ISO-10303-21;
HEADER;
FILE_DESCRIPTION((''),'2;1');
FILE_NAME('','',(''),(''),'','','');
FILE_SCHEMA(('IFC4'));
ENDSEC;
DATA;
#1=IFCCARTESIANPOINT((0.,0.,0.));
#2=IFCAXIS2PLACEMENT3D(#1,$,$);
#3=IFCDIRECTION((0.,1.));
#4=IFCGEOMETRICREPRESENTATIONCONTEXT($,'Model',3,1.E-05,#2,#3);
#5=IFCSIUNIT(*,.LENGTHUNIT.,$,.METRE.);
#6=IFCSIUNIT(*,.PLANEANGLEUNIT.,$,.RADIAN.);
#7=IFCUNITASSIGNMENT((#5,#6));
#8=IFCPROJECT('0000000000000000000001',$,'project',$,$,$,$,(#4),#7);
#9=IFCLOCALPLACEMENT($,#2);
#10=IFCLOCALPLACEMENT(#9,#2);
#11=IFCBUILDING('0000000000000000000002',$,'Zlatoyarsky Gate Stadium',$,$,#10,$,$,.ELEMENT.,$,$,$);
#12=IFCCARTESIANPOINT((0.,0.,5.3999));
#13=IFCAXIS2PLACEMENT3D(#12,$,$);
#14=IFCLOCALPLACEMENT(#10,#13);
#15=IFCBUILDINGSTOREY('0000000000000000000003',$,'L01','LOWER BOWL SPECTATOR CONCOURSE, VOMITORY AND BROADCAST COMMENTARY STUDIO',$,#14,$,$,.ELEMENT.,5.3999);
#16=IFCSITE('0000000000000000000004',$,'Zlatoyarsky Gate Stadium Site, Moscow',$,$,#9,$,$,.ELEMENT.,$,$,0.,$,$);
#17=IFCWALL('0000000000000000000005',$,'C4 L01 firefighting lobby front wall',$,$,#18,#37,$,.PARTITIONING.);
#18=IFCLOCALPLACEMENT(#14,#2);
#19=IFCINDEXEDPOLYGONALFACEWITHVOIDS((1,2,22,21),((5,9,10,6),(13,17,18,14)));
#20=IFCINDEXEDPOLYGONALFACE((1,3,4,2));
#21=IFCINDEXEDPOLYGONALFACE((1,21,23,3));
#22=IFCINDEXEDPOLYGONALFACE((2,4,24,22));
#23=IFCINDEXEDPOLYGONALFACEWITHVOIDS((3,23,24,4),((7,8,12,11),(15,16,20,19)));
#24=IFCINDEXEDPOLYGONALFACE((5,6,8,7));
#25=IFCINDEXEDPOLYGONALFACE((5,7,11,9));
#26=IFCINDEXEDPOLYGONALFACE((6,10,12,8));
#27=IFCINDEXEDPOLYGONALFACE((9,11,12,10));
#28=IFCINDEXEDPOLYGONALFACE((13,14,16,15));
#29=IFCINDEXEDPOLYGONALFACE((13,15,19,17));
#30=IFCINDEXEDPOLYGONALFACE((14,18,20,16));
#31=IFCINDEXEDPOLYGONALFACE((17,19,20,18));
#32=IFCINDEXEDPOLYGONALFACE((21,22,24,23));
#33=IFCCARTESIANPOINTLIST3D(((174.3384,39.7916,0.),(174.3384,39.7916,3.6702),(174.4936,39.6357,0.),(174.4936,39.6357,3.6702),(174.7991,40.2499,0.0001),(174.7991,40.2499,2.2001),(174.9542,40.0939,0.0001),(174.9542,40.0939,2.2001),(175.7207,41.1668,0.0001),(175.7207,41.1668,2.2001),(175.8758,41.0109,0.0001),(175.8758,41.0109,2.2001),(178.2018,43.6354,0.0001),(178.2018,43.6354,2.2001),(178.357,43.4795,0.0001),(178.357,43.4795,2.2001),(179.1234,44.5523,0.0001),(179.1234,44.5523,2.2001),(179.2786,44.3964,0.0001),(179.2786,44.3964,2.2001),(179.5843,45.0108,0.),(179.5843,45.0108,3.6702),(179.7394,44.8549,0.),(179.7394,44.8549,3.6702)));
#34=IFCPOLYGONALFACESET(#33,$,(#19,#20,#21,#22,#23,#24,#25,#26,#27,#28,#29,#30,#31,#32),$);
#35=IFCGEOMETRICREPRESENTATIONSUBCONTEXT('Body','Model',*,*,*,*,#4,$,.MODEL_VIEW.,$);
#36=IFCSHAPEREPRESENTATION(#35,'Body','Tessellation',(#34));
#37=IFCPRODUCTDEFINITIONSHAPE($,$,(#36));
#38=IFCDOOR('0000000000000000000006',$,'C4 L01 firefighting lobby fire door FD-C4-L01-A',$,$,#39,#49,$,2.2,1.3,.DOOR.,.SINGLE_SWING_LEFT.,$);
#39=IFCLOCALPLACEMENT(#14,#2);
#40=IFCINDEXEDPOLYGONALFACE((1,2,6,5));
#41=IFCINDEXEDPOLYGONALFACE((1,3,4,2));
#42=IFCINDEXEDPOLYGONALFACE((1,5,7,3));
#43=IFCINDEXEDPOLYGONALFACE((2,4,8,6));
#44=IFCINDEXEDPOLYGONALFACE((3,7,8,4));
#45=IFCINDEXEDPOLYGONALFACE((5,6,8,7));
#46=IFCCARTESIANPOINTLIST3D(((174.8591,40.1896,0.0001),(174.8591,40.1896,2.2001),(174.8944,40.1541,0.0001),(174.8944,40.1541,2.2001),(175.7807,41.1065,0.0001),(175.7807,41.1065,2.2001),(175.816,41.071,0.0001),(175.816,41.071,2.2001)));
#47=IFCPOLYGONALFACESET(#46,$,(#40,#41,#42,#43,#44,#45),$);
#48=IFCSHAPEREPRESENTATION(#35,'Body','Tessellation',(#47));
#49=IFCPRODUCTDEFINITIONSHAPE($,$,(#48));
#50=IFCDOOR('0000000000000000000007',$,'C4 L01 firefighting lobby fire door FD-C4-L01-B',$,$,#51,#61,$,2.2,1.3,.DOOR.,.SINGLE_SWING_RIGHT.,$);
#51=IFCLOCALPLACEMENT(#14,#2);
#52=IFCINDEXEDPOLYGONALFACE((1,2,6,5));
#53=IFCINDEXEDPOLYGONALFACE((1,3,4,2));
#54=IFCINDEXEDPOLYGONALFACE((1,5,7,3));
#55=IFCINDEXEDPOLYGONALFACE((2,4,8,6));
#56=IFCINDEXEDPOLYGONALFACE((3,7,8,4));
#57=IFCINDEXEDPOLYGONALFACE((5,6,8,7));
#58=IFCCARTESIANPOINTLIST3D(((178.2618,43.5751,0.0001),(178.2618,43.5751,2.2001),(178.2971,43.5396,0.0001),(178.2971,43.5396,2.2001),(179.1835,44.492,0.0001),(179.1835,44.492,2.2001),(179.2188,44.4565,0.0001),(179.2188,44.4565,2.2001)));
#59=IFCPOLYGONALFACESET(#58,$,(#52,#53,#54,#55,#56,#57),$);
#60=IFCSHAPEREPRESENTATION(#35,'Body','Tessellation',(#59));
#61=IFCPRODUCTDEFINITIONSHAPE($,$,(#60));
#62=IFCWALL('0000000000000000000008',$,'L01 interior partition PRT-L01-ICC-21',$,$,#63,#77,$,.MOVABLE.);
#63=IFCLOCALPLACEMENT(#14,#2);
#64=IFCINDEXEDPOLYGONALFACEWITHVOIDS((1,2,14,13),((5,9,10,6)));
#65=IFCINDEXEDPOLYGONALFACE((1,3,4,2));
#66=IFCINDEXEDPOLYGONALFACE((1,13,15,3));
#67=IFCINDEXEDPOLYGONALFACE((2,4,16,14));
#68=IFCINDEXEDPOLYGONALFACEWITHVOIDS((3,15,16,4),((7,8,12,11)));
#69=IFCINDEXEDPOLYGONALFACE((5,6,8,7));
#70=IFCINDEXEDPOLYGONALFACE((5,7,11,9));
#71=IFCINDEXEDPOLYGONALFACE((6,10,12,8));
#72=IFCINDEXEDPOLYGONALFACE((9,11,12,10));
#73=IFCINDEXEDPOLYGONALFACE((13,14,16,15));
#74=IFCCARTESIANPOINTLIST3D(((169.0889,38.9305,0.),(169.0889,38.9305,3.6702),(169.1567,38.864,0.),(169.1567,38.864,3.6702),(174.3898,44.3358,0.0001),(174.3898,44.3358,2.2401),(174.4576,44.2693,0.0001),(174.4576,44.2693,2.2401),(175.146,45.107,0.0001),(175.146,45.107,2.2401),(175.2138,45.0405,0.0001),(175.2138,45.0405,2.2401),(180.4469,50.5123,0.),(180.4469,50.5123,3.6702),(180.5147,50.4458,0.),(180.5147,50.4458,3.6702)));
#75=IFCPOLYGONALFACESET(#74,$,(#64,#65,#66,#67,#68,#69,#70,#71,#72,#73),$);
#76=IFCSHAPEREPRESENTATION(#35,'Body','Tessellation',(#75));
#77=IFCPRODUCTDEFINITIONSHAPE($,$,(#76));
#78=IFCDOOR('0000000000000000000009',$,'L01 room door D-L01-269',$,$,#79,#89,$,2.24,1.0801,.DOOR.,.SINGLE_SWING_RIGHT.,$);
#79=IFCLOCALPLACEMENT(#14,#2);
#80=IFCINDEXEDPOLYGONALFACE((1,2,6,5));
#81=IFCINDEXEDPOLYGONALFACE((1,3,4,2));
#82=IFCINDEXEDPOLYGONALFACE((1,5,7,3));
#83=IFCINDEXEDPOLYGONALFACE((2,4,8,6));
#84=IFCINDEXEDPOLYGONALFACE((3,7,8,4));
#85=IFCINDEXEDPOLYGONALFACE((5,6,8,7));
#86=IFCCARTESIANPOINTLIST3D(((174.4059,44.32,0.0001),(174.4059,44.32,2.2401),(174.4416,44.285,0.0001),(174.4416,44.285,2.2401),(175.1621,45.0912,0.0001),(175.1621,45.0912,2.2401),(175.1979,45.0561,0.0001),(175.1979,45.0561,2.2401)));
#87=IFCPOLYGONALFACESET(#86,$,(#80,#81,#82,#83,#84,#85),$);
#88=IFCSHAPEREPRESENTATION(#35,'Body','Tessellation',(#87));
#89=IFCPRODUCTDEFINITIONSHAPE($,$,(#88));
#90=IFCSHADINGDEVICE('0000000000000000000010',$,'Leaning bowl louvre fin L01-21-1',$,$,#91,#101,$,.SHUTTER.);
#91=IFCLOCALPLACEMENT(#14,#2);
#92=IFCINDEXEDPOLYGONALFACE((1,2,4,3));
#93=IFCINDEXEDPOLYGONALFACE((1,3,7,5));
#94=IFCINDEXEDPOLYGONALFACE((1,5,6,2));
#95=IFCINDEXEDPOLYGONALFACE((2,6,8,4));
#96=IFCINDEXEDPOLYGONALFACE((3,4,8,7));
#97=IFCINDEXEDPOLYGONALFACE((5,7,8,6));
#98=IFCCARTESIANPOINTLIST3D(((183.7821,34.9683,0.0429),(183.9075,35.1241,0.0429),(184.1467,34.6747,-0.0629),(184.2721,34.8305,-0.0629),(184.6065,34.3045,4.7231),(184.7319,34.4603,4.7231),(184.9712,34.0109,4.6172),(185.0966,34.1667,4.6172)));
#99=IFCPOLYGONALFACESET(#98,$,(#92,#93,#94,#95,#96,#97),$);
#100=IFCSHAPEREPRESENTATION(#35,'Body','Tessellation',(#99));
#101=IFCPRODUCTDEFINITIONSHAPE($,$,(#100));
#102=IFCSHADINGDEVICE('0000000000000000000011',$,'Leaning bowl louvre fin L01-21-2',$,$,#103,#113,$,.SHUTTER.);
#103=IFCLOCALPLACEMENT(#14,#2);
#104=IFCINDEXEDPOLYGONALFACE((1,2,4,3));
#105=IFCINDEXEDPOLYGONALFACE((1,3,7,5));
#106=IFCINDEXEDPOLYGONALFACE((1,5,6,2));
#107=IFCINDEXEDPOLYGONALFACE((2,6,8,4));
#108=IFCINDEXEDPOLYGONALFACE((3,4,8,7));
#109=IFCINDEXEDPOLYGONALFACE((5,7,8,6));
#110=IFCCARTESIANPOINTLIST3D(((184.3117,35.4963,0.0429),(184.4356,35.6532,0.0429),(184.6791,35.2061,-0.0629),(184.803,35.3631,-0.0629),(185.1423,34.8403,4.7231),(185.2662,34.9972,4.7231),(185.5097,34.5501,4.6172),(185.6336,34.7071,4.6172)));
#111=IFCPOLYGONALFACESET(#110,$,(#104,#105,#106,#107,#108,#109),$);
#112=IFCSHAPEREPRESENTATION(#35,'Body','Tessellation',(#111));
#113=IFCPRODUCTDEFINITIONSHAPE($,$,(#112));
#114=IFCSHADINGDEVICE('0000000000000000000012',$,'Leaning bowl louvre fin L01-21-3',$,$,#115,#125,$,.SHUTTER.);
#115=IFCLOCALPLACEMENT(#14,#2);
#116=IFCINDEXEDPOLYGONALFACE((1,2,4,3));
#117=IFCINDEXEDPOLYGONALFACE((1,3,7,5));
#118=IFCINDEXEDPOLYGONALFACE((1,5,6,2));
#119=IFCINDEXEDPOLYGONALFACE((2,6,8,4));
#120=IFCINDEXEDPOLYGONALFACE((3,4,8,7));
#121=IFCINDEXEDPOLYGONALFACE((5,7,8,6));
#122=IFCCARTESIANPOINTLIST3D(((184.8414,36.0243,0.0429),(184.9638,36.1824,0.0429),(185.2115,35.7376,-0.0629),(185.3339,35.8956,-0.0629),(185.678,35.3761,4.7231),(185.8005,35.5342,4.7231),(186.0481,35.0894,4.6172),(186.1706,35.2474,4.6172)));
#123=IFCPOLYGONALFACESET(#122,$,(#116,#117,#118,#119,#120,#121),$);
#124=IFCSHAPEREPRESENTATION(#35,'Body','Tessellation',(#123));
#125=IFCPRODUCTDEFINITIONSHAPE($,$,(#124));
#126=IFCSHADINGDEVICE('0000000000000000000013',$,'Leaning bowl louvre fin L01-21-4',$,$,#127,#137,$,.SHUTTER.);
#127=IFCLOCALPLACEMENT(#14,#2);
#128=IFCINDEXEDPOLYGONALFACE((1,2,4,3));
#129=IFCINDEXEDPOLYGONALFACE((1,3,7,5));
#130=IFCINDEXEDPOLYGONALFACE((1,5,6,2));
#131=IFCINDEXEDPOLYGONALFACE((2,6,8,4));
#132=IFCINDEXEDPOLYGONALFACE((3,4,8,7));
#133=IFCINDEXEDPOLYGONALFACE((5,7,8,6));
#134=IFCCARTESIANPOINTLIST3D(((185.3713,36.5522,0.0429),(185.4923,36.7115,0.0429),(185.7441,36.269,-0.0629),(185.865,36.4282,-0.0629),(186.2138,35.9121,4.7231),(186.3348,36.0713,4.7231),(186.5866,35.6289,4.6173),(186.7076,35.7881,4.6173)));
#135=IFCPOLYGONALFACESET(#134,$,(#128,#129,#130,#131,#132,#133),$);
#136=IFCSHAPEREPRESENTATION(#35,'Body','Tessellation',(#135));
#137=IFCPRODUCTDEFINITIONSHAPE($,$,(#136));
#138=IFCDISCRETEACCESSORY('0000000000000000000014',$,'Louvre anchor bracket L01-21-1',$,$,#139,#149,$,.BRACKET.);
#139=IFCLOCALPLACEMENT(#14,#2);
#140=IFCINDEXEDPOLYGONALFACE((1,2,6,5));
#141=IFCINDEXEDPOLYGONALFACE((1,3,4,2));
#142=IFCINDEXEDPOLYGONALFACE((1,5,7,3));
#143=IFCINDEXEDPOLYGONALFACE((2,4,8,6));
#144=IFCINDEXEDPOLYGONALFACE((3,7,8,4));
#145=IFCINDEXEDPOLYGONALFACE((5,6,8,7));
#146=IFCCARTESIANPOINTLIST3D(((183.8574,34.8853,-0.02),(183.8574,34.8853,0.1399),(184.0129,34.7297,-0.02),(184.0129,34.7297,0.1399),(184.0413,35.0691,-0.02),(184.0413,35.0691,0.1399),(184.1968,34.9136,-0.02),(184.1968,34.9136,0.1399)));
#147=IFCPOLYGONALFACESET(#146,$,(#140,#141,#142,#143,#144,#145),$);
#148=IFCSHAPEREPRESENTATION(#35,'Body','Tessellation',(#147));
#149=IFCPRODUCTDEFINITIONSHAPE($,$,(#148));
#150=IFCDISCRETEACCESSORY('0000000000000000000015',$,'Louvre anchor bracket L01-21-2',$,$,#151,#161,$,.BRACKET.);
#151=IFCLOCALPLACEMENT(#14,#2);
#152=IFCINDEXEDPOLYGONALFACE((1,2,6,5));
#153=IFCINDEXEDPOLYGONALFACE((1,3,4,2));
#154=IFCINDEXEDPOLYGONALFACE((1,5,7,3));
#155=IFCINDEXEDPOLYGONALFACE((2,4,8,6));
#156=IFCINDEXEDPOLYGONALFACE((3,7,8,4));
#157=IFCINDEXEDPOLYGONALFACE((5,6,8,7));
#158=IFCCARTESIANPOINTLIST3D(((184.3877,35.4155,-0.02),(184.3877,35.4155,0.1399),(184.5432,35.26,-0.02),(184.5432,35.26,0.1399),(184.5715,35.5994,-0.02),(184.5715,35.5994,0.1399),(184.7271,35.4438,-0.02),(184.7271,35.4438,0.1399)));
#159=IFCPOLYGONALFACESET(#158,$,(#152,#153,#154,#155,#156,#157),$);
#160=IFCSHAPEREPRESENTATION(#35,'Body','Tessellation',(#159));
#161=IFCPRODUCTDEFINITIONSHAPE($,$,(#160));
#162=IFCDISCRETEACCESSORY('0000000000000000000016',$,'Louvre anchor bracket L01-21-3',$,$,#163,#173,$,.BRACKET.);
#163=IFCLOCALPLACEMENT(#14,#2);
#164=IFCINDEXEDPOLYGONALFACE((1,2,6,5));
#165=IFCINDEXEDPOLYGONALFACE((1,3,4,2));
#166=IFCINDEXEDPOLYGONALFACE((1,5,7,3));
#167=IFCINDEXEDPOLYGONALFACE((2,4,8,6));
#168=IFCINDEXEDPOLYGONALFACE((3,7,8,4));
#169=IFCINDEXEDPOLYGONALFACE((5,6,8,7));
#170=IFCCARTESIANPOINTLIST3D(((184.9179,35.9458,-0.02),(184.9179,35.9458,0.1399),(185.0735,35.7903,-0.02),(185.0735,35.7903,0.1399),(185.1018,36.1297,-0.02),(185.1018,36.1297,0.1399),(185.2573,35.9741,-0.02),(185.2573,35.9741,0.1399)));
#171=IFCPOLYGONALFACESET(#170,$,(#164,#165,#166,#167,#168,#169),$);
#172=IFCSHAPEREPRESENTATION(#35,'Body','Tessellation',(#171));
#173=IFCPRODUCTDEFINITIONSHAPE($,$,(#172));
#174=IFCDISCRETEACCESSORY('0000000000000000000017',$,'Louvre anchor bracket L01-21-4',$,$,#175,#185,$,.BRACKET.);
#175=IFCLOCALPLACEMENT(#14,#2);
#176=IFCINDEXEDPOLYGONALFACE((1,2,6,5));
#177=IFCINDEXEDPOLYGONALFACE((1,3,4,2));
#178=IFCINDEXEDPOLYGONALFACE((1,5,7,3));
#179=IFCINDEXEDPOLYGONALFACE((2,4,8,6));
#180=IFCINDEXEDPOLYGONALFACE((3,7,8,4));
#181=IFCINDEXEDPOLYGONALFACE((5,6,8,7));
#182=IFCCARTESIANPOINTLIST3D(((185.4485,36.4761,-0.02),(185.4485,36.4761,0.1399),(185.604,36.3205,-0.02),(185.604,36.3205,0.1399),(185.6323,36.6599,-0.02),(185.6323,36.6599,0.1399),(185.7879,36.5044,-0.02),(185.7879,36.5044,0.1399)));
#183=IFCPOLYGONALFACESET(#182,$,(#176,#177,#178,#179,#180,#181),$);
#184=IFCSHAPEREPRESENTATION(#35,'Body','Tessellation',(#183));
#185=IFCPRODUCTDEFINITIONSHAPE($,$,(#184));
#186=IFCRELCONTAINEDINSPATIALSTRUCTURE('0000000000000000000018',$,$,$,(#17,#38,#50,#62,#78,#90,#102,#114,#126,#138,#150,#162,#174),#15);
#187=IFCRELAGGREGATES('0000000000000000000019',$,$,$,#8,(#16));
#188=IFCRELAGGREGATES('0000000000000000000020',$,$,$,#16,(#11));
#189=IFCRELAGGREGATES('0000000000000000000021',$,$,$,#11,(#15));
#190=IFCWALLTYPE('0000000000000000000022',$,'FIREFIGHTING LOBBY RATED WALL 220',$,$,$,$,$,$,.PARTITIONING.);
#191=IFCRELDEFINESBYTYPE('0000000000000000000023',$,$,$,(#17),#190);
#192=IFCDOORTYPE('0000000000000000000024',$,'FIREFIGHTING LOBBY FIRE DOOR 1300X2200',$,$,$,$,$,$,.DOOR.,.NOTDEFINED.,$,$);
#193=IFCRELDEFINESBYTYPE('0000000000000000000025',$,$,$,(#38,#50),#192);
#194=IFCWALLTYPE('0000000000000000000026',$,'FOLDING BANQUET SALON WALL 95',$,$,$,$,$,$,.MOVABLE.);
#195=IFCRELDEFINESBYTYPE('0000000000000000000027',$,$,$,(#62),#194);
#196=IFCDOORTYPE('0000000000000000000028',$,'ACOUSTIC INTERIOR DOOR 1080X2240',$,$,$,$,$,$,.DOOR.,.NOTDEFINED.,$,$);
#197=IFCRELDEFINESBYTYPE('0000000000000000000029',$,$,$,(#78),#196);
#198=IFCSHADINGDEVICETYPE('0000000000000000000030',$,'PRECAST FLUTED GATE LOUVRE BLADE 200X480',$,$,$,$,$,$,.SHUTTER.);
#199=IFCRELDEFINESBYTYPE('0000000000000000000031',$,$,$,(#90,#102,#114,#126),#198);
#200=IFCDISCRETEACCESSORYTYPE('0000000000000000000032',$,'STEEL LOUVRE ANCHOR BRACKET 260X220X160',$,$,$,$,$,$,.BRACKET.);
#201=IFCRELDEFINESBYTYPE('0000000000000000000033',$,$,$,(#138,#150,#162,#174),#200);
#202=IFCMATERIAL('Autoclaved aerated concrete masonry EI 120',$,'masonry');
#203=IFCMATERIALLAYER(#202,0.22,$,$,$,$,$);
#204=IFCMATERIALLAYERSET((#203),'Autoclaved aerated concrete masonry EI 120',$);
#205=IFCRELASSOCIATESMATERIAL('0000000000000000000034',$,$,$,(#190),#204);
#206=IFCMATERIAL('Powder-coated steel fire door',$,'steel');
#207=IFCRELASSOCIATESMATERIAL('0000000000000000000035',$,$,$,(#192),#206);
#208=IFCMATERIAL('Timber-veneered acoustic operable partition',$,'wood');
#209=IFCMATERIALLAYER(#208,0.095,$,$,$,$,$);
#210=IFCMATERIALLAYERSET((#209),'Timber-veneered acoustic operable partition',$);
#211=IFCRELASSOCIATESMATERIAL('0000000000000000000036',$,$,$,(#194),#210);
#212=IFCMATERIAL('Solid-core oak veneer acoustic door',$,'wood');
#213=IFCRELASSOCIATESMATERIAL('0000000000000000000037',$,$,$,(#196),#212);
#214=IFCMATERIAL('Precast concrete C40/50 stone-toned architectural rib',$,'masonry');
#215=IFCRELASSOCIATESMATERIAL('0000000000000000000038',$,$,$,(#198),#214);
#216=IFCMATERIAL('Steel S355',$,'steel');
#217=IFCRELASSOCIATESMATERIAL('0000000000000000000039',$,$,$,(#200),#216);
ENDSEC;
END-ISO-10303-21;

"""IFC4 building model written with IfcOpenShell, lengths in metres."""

from ifc_helpers import new_model, si_unit, direction, frame, frame_2d, origin, origin_2d, place, context, subcontext, project, spatial, rectangle, extrude, material, layer, layer_set, material_profile, profile_set, type_object, element, fill, save


model = new_model("IFC4")

# Units and contexts
model_context = context("Model", 3, precision=1e-05, world=origin(), true_north=direction((0.0, 1.0)))
body_context = subcontext(model_context, "Body", "Model", "MODEL_VIEW")
ifc_project = project(units=[si_unit("LENGTHUNIT", "METRE"), si_unit("PLANEANGLEUNIT", "RADIAN")], contexts=[model_context])

# Site, building, storey
site_placement = place(None, origin())
site = spatial("IfcSite", under=ifc_project, at=site_placement, Name="Zlatoyarsky Gate Stadium Site, Moscow", CompositionType="ELEMENT", RefElevation=0.0)
building_placement = place(site_placement, origin())
building = spatial("IfcBuilding", under=site, at=building_placement, Name="Zlatoyarsky Gate Stadium", CompositionType="ELEMENT")
storey_placement = place(building_placement, frame((0.0, 0.0, 5.3999)))
storey = spatial("IfcBuildingStorey", under=building, at=storey_placement, Name="L01", Description="LOWER BOWL SPECTATOR CONCOURSE, VOMITORY AND BROADCAST COMMENTARY STUDIO", CompositionType="ELEMENT", Elevation=5.3999)

# Shared definitions
ifc_material_1 = material(Name="Steel S355", Category="steel")

# Shared definitions
ifc_material_2 = material(Name="Powder-coated steel fire door", Category="steel")

# Shared definitions
ifc_material_3 = material(Name="Autoclaved aerated concrete masonry EI 120", Category="masonry")
ifc_layer_1 = layer(ifc_material_3, 0.22)
ifc_layer_set_1 = layer_set([ifc_layer_1], Name="Autoclaved aerated concrete masonry EI 120")
wall_type_1 = type_object("IfcWallType", Name="FIREFIGHTING LOBBY RATED WALL 220", PredefinedType="PARTITIONING", material=ifc_layer_set_1)

# Wall, openings, doors
wall_1_placement = place(storey_placement, frame((174.416, 39.7136, 0.0), z_axis=(0.0, 0.0, 1.0), x_axis=(0.708903, 0.705306, 0.0)))
wall_1 = element("IfcWall", 1, at=wall_1_placement, inside=storey, type_object=wall_type_1, Name="C4 L01 firefighting lobby front wall", PredefinedType="PARTITIONING", context=body_context, shape_type="SweptSolid", body=[
    extrude(rectangle(XDim=7.3999, YDim=0.22, at=frame_2d((3.7, 0.0))), origin(), (0.0, 0.0, 1.0), 3.6702),
])
opening_1_placement = place(wall_1_placement, frame((0.6499, 0.0, 0.0)))
opening_1 = element("IfcOpeningElement", 2, at=opening_1_placement, cuts=wall_1, PredefinedType="OPENING", context=body_context, shape_type="SweptSolid", body=[
    extrude(rectangle(XDim=1.3, YDim=2.2, at=frame_2d((0.6499, 1.1001))), frame((0.0, 0.1199, 0.0), z_axis=(0.0, -1.0, 0.0), x_axis=(1.0, 0.0, 0.0)), (0.0, 0.0, 1.0), 0.24),
])
opening_2_placement = place(wall_1_placement, frame((5.45, 0.0, 0.0)))
opening_2 = element("IfcOpeningElement", 3, at=opening_2_placement, cuts=wall_1, PredefinedType="OPENING", context=body_context, shape_type="SweptSolid", body=[
    extrude(rectangle(XDim=1.3, YDim=2.2, at=frame_2d((0.6499, 1.1001))), frame((0.0, 0.1199, 0.0), z_axis=(0.0, -1.0, 0.0), x_axis=(1.0, 0.0, 0.0)), (0.0, 0.0, 1.0), 0.24),
])
door_type_1 = type_object("IfcDoorType", Name="FIREFIGHTING LOBBY FIRE DOOR 1300X2200", OperationType="NOTDEFINED", PredefinedType="DOOR", material=ifc_material_2)
door_1_placement = place(opening_1_placement, origin())
door_1 = element("IfcDoor", 4, at=door_1_placement, inside=storey, type_object=door_type_1, Name="C4 L01 firefighting lobby fire door FD-C4-L01-A", OperationType="SINGLE_SWING_LEFT", OverallHeight=2.2, OverallWidth=1.3, PredefinedType="DOOR", context=body_context, shape_type="SweptSolid", body=[
    extrude(rectangle(XDim=1.3, YDim=2.2, at=frame_2d((0.6499, 1.1001))), frame((0.0, 0.0249, 0.0), z_axis=(0.0, -1.0, 0.0), x_axis=(1.0, 0.0, 0.0)), (0.0, 0.0, 1.0), 0.05),
])
fill(opening_1, door_1)
door_2_placement = place(opening_2_placement, origin())
door_2 = element("IfcDoor", 5, at=door_2_placement, inside=storey, type_object=door_type_1, Name="C4 L01 firefighting lobby fire door FD-C4-L01-B", OperationType="SINGLE_SWING_RIGHT", OverallHeight=2.2, OverallWidth=1.3, PredefinedType="DOOR", context=body_context, shape_type="SweptSolid", body=[
    extrude(rectangle(XDim=1.3, YDim=2.2, at=frame_2d((0.6499, 1.1001))), frame((0.0, 0.0249, 0.0), z_axis=(0.0, -1.0, 0.0), x_axis=(1.0, 0.0, 0.0)), (0.0, 0.0, 1.0), 0.05),
])
fill(opening_2, door_2)

# Wall, opening, door
ifc_material_4 = material(Name="Timber-veneered acoustic operable partition", Category="wood")
ifc_layer_2 = layer(ifc_material_4, 0.095)
ifc_layer_set_2 = layer_set([ifc_layer_2], Name="Timber-veneered acoustic operable partition")
wall_type_2 = type_object("IfcWallType", Name="FOLDING BANQUET SALON WALL 95", PredefinedType="MOVABLE", material=ifc_layer_set_2)
wall_2_placement = place(storey_placement, frame((169.1228, 38.8972, 0.0), z_axis=(0.0, 0.0, 1.0), x_axis=(0.700173, 0.713974, 0.0)))
wall_2 = element("IfcWall", 6, at=wall_2_placement, inside=storey, type_object=wall_type_2, Name="L01 interior partition PRT-L01-ICC-21", PredefinedType="MOVABLE", context=body_context, shape_type="SweptSolid", body=[
    extrude(rectangle(XDim=16.2217, YDim=0.095, at=frame_2d((8.1108, 0.0))), origin(), (0.0, 0.0, 1.0), 3.6702),
])
opening_3_placement = place(wall_2_placement, frame((7.5708, 0.0, 0.0)))
opening_3 = element("IfcOpeningElement", 7, at=opening_3_placement, cuts=wall_2, PredefinedType="OPENING", context=body_context, shape_type="SweptSolid", body=[
    extrude(rectangle(XDim=1.0801, YDim=2.24, at=frame_2d((0.54, 1.1201))), frame((0.0, 0.0574, 0.0), z_axis=(0.0, -1.0, 0.0), x_axis=(1.0, 0.0, 0.0)), (0.0, 0.0, 1.0), 0.115),
])
ifc_material_5 = material(Name="Solid-core oak veneer acoustic door", Category="wood")
door_type_2 = type_object("IfcDoorType", Name="ACOUSTIC INTERIOR DOOR 1080X2240", OperationType="NOTDEFINED", PredefinedType="DOOR", material=ifc_material_5)
door_3_placement = place(opening_3_placement, origin())
door_3 = element("IfcDoor", 8, at=door_3_placement, inside=storey, type_object=door_type_2, Name="L01 room door D-L01-269", OperationType="SINGLE_SWING_RIGHT", OverallHeight=2.24, OverallWidth=1.0801, PredefinedType="DOOR", context=body_context, shape_type="SweptSolid", body=[
    extrude(rectangle(XDim=1.0801, YDim=2.24, at=frame_2d((0.54, 1.1201))), frame((0.0, 0.0249, 0.0), z_axis=(0.0, -1.0, 0.0), x_axis=(1.0, 0.0, 0.0)), (0.0, 0.0, 1.0), 0.05),
])
fill(opening_3, door_3)

# Shading devices
ifc_material_6 = material(Name="Precast concrete C40/50 stone-toned architectural rib", Category="masonry")
ifc_material_profile_1 = material_profile(ifc_material_6, rectangle(XDim=0.2, YDim=0.48, at=origin_2d()), Name="RIB 200X480")
ifc_profile_set_1 = profile_set([ifc_material_profile_1], Name="Precast concrete C40/50 stone-toned architectural rib")
shading_device_type = type_object("IfcShadingDeviceType", Name="PRECAST FLUTED GATE LOUVRE BLADE 200X480", PredefinedType="SHUTTER", material=ifc_profile_set_1)
for number, where, z_axis, x_axis, name in (
    (9, (184.0271, 34.8994, -0.01), (0.171821, -0.138342, 0.975366), (0.627139, 0.778907, 0.0), "Leaning bowl louvre fin L01-21-1"),
    (10, (184.5574, 35.4297, -0.01), (0.173094, -0.136715, 0.97537), (0.619816, 0.784747, 0.0), "Leaning bowl louvre fin L01-21-2"),
    (11, (185.0876, 35.96, -0.01), (0.174366, -0.135087, 0.975371), (0.612438, 0.790518, 0.0), "Leaning bowl louvre fin L01-21-3"),
    (12, (185.6182, 36.4902, -0.01), (0.175589, -0.133409, 0.975382), (0.604972, 0.796247, 0.0), "Leaning bowl louvre fin L01-21-4"),
):
    element("IfcShadingDevice", number, at=place(storey_placement, frame(where, z_axis=z_axis, x_axis=x_axis)), inside=storey, type_object=shading_device_type, Name=name, PredefinedType="SHUTTER", context=body_context, shape_type="SweptSolid", body=[
        extrude(rectangle(XDim=0.2, YDim=0.48, at=origin_2d()), origin(), (0.0, 0.0, 1.0), 4.7983),
    ])

# Discrete accessories
discrete_accessory_type = type_object("IfcDiscreteAccessoryType", Name="STEEL LOUVRE ANCHOR BRACKET 260X220X160", PredefinedType="BRACKET", material=ifc_material_1)
for number, where, z_axis, x_axis, name in (
    (13, (184.0271, 34.8994, -0.02), (0.0, 0.0, 1.0), (0.707137, 0.707076, 0.0), "Louvre anchor bracket L01-21-1"),
    (14, (184.5574, 35.4297, -0.02), (0.0, 0.0, 1.0), (0.707137, 0.707076, 0.0), "Louvre anchor bracket L01-21-2"),
    (15, (185.0876, 35.96, -0.02), (0.0, 0.0, 1.0), (0.707137, 0.707076, 0.0), "Louvre anchor bracket L01-21-3"),
    (16, (185.6182, 36.4902, -0.02), (0.0, 0.0, 1.0), (0.707137, 0.707076, 0.0), "Louvre anchor bracket L01-21-4"),
):
    element("IfcDiscreteAccessory", number, at=place(storey_placement, frame(where, z_axis=z_axis, x_axis=x_axis)), inside=storey, type_object=discrete_accessory_type, Name=name, PredefinedType="BRACKET", context=body_context, shape_type="SweptSolid", body=[
        extrude(rectangle(XDim=0.26, YDim=0.22, at=origin_2d()), origin(), (0.0, 0.0, 1.0), 0.1599),
    ])

save(model, "model.ifc")
